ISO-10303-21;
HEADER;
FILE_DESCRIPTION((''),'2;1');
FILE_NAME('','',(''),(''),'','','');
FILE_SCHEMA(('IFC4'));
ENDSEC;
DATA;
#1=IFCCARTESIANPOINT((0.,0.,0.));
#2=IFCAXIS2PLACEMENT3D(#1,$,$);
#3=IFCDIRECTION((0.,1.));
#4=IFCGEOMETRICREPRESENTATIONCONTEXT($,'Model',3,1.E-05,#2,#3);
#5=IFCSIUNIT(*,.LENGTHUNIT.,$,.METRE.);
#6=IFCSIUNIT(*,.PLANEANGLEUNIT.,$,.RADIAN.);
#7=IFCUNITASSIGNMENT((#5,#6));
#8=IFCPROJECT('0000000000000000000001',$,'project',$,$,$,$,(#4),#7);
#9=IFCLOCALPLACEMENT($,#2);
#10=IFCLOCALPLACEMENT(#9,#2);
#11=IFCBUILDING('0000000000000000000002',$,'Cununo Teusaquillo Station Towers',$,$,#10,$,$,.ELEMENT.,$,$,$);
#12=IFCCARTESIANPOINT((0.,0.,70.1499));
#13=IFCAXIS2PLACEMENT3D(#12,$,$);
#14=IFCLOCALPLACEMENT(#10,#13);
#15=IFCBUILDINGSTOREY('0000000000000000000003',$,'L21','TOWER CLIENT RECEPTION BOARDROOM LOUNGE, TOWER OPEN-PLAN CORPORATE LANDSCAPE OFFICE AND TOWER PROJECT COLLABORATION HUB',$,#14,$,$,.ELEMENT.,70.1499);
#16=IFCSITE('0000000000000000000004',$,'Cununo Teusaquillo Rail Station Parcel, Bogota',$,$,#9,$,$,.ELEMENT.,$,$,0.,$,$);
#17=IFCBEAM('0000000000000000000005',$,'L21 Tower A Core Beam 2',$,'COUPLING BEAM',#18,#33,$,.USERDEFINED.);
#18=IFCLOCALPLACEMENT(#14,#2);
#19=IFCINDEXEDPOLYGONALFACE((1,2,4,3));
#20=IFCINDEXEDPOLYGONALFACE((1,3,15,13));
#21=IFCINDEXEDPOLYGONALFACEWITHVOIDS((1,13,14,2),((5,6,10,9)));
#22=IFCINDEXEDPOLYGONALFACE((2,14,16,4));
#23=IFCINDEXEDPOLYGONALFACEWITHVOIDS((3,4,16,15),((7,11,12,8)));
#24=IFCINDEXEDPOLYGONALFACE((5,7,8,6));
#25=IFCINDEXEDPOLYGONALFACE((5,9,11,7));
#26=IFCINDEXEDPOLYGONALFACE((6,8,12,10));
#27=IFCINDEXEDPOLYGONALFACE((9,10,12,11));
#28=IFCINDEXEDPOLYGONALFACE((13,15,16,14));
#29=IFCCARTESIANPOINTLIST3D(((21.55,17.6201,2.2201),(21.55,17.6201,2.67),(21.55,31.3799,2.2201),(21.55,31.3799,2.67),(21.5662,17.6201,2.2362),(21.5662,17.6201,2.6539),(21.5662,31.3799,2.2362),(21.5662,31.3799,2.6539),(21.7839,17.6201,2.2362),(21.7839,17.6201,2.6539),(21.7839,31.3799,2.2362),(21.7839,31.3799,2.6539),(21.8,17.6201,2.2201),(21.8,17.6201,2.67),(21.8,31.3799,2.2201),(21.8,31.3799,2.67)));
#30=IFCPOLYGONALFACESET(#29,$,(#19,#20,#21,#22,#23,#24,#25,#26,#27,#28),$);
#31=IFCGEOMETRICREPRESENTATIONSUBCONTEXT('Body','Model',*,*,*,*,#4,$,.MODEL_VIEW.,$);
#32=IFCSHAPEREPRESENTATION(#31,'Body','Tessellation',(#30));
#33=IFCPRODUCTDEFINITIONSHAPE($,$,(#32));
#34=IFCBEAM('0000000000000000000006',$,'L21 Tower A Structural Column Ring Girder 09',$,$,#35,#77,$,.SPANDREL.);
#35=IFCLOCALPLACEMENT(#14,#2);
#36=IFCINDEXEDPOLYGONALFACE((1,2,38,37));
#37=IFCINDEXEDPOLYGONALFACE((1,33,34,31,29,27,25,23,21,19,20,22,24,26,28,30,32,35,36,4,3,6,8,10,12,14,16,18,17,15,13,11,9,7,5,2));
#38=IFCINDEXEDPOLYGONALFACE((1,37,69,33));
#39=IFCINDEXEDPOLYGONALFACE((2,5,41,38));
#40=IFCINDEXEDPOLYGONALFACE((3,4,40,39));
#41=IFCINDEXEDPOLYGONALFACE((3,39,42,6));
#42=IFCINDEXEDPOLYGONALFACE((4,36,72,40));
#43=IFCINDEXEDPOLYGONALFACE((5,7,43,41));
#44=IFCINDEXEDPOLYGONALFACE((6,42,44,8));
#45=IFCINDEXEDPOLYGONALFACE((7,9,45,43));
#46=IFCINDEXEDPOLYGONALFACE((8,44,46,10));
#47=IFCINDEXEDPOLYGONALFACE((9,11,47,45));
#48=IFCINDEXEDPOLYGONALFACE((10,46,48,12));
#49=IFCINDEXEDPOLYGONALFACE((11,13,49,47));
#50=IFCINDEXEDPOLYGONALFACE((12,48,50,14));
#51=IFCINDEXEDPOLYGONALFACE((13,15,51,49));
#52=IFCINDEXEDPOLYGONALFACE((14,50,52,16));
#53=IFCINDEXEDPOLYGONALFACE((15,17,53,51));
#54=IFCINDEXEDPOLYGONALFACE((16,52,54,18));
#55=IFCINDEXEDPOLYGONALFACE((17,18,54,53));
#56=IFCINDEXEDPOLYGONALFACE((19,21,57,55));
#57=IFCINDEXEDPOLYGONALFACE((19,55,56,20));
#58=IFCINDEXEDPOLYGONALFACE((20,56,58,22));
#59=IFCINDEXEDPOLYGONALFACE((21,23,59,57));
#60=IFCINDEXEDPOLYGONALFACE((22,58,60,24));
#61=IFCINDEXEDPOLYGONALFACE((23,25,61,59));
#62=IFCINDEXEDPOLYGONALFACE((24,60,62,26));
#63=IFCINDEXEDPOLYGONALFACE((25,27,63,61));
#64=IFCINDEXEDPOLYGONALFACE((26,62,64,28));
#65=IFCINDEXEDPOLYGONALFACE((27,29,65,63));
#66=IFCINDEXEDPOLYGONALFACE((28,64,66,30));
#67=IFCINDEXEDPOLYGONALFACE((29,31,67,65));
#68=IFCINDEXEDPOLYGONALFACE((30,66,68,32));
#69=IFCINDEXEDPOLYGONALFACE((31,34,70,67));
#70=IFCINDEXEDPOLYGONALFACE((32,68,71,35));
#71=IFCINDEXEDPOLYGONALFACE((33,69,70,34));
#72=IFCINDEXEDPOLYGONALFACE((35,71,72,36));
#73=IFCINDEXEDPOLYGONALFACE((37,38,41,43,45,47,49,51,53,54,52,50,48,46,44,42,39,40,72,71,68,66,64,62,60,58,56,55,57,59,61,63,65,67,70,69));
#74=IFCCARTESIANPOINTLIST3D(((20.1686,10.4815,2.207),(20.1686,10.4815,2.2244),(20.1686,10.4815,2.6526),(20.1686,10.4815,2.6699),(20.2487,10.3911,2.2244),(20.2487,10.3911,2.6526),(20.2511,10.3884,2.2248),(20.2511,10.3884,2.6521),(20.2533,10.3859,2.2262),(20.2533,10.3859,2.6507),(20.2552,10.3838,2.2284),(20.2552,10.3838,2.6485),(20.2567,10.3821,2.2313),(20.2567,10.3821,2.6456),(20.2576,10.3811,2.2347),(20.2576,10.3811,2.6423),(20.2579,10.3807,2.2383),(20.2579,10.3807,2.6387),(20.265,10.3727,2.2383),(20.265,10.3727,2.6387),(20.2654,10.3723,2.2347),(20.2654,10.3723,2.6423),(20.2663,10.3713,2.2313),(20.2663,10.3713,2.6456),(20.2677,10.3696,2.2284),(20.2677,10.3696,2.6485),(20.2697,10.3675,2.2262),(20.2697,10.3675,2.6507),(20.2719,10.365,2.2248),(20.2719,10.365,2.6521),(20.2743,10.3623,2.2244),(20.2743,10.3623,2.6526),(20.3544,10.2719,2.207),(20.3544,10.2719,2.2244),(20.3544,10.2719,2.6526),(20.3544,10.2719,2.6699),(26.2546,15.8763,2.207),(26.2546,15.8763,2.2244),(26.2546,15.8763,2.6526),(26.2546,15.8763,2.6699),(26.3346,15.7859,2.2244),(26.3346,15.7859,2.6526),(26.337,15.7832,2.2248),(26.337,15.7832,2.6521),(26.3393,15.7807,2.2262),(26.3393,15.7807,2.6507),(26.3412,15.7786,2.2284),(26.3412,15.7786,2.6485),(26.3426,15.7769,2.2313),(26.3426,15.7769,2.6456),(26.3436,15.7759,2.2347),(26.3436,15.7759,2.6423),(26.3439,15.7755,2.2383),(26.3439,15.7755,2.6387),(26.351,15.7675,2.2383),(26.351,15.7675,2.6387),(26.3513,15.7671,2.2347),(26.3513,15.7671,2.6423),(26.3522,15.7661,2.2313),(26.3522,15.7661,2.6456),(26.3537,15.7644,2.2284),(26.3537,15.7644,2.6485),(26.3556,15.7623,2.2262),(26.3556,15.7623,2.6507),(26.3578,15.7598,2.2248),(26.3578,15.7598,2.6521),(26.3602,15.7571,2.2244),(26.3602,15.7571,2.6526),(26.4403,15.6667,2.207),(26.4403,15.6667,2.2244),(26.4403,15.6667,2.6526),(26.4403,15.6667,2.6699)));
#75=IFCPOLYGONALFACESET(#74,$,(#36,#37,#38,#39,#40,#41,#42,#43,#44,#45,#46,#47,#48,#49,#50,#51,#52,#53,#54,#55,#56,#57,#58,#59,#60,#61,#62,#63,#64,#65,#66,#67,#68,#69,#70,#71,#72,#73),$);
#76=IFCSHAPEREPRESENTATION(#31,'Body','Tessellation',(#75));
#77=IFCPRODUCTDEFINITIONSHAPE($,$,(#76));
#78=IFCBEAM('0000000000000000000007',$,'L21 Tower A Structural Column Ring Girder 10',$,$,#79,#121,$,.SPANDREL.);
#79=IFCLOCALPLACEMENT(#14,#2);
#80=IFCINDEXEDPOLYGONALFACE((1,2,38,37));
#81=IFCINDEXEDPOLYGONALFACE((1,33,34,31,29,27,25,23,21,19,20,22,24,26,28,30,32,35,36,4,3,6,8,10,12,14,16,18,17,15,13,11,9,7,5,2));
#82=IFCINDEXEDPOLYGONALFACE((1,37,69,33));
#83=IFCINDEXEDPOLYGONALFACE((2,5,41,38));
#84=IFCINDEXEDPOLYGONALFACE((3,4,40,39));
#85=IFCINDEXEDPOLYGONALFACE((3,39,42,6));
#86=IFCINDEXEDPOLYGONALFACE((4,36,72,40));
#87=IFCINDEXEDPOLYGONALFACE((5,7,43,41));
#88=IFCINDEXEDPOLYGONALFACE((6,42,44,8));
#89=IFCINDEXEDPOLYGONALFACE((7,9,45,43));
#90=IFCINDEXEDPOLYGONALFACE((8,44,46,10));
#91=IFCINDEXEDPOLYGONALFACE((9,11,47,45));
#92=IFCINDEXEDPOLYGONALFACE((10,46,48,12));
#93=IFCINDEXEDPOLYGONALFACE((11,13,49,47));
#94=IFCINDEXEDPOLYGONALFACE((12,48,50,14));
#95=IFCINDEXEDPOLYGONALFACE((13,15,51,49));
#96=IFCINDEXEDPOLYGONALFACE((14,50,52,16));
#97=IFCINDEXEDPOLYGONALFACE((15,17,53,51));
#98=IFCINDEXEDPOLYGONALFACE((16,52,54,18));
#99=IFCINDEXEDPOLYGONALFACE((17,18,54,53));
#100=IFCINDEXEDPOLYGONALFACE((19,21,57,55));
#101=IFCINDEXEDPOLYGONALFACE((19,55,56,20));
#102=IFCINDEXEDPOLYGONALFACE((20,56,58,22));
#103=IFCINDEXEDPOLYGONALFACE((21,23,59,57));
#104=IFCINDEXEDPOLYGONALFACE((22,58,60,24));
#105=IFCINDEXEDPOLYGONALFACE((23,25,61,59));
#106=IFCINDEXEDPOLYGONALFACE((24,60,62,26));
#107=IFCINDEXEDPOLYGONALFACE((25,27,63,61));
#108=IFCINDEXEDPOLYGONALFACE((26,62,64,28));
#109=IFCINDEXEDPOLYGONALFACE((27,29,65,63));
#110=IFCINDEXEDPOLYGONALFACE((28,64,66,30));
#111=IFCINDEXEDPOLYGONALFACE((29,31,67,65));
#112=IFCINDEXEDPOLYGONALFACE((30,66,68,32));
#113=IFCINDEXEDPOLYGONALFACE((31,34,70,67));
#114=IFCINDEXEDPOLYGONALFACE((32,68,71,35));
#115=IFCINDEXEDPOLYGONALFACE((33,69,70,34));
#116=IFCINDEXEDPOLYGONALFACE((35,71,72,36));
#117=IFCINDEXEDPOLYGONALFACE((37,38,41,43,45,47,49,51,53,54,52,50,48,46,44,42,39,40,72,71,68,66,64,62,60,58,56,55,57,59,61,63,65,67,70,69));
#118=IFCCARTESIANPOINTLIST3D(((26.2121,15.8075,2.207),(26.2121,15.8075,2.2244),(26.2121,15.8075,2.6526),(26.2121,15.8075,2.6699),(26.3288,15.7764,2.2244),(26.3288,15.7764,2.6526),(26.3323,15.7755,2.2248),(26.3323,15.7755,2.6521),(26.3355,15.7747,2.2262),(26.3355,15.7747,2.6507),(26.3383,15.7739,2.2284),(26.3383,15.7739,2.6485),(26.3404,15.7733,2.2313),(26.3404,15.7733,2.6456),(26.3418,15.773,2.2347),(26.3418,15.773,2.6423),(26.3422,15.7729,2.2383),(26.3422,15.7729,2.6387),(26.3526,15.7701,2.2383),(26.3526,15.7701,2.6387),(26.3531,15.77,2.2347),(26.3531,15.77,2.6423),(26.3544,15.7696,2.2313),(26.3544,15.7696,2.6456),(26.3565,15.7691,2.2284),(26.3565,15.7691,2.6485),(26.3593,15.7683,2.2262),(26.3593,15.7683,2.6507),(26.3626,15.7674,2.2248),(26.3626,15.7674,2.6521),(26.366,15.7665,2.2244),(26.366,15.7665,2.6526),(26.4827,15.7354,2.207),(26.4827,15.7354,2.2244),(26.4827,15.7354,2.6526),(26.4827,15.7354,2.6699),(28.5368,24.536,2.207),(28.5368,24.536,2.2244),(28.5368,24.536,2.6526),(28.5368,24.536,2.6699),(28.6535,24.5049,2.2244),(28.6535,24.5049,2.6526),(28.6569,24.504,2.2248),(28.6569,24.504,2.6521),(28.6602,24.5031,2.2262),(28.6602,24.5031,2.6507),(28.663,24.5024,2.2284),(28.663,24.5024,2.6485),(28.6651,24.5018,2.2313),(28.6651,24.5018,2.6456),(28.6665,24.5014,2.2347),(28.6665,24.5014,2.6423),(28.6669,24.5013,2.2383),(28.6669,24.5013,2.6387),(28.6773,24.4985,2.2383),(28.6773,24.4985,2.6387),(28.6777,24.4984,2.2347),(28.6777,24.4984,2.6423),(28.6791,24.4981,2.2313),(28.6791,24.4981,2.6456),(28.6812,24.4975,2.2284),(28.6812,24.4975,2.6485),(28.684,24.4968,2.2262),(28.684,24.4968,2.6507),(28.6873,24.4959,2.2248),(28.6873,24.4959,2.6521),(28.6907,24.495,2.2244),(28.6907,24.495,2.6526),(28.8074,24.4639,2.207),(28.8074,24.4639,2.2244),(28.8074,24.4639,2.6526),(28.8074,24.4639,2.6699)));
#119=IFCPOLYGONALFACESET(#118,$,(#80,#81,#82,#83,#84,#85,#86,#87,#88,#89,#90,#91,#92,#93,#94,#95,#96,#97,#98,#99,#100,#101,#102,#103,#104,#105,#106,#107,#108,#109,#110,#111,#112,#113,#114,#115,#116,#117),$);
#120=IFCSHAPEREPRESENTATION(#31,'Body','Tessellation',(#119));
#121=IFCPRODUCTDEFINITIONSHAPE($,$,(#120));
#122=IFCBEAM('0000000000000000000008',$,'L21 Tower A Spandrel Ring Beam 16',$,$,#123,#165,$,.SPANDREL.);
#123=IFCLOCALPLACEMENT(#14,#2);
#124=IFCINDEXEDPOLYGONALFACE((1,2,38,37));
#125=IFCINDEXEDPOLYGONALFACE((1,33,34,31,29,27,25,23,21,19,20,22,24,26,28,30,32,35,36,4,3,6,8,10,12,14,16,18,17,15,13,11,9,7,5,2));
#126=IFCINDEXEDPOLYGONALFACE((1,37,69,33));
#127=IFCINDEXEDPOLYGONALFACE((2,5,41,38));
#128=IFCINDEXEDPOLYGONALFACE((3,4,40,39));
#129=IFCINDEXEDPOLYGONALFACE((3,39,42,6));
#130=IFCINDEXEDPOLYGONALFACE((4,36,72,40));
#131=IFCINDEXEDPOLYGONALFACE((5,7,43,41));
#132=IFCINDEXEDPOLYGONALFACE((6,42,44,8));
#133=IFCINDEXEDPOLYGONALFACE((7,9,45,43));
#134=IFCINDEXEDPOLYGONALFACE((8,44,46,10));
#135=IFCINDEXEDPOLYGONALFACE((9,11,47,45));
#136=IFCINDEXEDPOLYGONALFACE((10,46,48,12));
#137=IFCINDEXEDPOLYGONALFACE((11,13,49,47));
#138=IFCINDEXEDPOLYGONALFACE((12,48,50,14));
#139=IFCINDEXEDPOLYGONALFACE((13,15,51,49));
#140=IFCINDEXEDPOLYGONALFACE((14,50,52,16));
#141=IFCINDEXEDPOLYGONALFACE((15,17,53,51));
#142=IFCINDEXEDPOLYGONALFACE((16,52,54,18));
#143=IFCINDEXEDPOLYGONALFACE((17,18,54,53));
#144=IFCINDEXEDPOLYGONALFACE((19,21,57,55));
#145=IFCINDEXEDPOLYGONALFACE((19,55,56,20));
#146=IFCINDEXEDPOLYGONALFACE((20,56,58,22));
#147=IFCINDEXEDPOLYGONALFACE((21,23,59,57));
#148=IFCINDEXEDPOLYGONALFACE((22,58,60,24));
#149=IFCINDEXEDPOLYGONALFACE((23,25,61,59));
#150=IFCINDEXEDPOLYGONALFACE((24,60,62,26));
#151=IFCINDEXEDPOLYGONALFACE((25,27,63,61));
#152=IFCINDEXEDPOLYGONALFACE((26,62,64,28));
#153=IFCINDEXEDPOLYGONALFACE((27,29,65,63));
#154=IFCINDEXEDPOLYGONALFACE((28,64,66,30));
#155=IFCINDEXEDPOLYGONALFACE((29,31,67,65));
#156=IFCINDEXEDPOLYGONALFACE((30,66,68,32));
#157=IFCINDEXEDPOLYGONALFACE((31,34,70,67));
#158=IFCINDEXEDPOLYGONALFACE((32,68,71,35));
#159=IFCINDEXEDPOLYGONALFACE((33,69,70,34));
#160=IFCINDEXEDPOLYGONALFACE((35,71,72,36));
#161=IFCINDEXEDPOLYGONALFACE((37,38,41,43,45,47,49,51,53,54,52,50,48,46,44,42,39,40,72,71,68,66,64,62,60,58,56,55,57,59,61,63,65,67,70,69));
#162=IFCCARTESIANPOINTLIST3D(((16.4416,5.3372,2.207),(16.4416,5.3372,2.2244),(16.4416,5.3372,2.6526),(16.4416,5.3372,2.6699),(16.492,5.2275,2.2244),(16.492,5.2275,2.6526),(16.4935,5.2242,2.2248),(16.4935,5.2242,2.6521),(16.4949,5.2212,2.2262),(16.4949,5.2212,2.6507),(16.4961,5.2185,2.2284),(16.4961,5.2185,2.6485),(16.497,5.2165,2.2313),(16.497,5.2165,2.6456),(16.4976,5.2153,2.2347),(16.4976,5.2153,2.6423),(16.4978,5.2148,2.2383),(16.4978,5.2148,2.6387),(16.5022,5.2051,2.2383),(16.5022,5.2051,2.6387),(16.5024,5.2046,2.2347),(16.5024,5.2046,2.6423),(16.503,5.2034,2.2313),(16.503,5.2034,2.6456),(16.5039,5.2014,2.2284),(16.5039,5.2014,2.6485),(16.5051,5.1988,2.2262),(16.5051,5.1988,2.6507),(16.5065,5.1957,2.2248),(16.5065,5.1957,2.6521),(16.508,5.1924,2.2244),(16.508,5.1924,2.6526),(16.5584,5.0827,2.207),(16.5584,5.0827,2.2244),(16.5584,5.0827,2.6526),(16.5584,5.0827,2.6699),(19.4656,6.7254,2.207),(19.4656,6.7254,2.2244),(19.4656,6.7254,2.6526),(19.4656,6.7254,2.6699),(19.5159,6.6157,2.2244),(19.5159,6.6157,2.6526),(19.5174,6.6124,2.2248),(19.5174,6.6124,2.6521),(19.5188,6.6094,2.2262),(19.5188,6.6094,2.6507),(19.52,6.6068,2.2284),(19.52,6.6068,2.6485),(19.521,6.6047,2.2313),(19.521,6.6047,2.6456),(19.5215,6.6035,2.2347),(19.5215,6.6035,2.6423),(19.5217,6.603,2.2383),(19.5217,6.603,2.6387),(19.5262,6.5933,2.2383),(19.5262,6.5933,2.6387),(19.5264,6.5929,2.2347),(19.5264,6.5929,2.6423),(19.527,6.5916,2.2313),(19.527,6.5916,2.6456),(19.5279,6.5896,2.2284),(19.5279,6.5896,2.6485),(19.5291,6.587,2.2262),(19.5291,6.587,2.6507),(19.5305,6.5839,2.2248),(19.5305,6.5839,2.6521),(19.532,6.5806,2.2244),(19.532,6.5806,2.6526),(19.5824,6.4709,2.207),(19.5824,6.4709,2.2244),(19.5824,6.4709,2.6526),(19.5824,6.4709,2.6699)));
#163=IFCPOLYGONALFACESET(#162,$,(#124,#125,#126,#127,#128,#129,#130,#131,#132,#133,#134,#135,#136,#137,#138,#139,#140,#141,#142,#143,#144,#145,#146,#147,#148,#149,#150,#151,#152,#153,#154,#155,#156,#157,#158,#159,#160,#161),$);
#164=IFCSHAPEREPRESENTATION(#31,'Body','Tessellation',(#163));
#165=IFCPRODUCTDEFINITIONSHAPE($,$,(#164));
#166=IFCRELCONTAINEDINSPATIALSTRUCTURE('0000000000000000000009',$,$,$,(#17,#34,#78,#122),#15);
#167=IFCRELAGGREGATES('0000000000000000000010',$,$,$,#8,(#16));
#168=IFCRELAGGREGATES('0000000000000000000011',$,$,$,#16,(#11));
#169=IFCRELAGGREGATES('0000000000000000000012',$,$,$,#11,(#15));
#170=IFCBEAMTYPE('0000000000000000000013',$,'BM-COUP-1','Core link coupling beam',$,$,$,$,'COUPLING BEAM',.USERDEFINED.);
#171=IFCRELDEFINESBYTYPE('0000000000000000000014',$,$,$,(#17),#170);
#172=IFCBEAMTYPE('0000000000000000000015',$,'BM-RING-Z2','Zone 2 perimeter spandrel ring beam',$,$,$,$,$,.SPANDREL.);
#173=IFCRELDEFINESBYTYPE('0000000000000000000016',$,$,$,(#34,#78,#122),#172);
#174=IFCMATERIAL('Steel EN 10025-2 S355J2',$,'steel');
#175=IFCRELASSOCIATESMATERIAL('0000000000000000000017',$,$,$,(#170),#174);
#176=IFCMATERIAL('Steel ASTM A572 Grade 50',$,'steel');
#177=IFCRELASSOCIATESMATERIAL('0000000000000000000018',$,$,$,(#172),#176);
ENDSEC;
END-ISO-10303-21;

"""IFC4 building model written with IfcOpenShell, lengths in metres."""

from ifc_helpers import new_model, si_unit, direction, frame, origin, origin_2d, place, context, subcontext, project, spatial, hollow_rectangle, i_section, extrude, material, material_profile, profile_set, type_object, element, save


model = new_model("IFC4")

# Units and contexts
model_context = context("Model", 3, precision=1e-05, world=origin(), true_north=direction((0.0, 1.0)))
body_context = subcontext(model_context, "Body", "Model", "MODEL_VIEW")
ifc_project = project(units=[si_unit("LENGTHUNIT", "METRE"), si_unit("PLANEANGLEUNIT", "RADIAN")], contexts=[model_context])

# Site, building, storey
site_placement = place(None, origin())
site = spatial("IfcSite", under=ifc_project, at=site_placement, Name="Cununo Teusaquillo Rail Station Parcel, Bogota", CompositionType="ELEMENT", RefElevation=0.0)
building_placement = place(site_placement, origin())
building = spatial("IfcBuilding", under=site, at=building_placement, Name="Cununo Teusaquillo Station Towers", CompositionType="ELEMENT")
storey_placement = place(building_placement, frame((0.0, 0.0, 70.1499)))
storey = spatial("IfcBuildingStorey", under=building, at=storey_placement, Name="L21", Description="TOWER CLIENT RECEPTION BOARDROOM LOUNGE, TOWER OPEN-PLAN CORPORATE LANDSCAPE OFFICE AND TOWER PROJECT COLLABORATION HUB", CompositionType="ELEMENT", Elevation=70.1499)

# Beams
ifc_material_1 = material(Name="Steel EN 10025-2 S355J2", Category="steel")
ifc_material_profile_1 = material_profile(ifc_material_1, hollow_rectangle(XDim=0.25, YDim=0.45, WallThickness=0.0161, at=origin_2d()), Name="RHS 450x250x16")
ifc_profile_set_1 = profile_set([ifc_material_profile_1], Name="Steel EN 10025-2 S355J2")
beam_type_1 = type_object("IfcBeamType", Name="BM-COUP-1", Description="Core link coupling beam", ElementType="COUPLING BEAM", PredefinedType="USERDEFINED", material=ifc_profile_set_1)
beam_1_placement = place(storey_placement, frame((21.675, 17.6201, 2.4451), z_axis=(0.0, 1.0, 0.0), x_axis=(-1.0, 0.0, 0.0)))
element("IfcBeam", 1, at=beam_1_placement, inside=storey, type_object=beam_type_1, Name="L21 Tower A Core Beam 2", ObjectType="COUPLING BEAM", PredefinedType="USERDEFINED", context=body_context, shape_type="SweptSolid", body=[
    extrude(hollow_rectangle(XDim=0.25, YDim=0.45, WallThickness=0.0161, at=origin_2d()), origin(), (0.0, 0.0, 1.0), 13.7598),
])
ifc_material_2 = material(Name="Steel ASTM A572 Grade 50", Category="steel")
ifc_material_profile_2 = material_profile(ifc_material_2, i_section(OverallWidth=0.28, OverallDepth=0.4629, WebThickness=0.0107, FlangeThickness=0.0173, FilletRadius=0.0139, at=origin_2d()), Name="W18X76")
ifc_profile_set_2 = profile_set([ifc_material_profile_2], Name="Steel ASTM A572 Grade 50")
beam_type_2 = type_object("IfcBeamType", Name="BM-RING-Z2", Description="Zone 2 perimeter spandrel ring beam", PredefinedType="SPANDREL", material=ifc_profile_set_2)
beam_2_placement = place(storey_placement, frame((20.2615, 10.3767, 2.4385), z_axis=(0.748321, 0.663337, 0.0), x_axis=(-0.663337, 0.748321, 0.0)))
element("IfcBeam", 2, at=beam_2_placement, inside=storey, type_object=beam_type_2, Name="L21 Tower A Structural Column Ring Girder 09", PredefinedType="SPANDREL", context=body_context, shape_type="SweptSolid", body=[
    extrude(i_section(OverallWidth=0.28, OverallDepth=0.4629, WebThickness=0.0107, FlangeThickness=0.0173, FilletRadius=0.0139, at=origin_2d()), origin(), (0.0, 0.0, 1.0), 8.1328),
])
beam_3_placement = place(storey_placement, frame((26.3474, 15.7715, 2.4385), z_axis=(0.257363, 0.966315, 0.0), x_axis=(-0.966315, 0.257363, 0.0)))
element("IfcBeam", 3, at=beam_3_placement, inside=storey, type_object=beam_type_2, Name="L21 Tower A Structural Column Ring Girder 10", PredefinedType="SPANDREL", context=body_context, shape_type="SweptSolid", body=[
    extrude(i_section(OverallWidth=0.28, OverallDepth=0.4629, WebThickness=0.0107, FlangeThickness=0.0173, FilletRadius=0.0139, at=origin_2d()), origin(), (0.0, 0.0, 1.0), 9.0327),
])
beam_4_placement = place(storey_placement, frame((16.5, 5.21, 2.4385), z_axis=(0.908812, 0.417205, 0.0), x_axis=(-0.417205, 0.908812, 0.0)))
element("IfcBeam", 4, at=beam_4_placement, inside=storey, type_object=beam_type_2, Name="L21 Tower A Spandrel Ring Beam 16", PredefinedType="SPANDREL", context=body_context, shape_type="SweptSolid", body=[
    extrude(i_section(OverallWidth=0.28, OverallDepth=0.4629, WebThickness=0.0107, FlangeThickness=0.0173, FilletRadius=0.0139, at=origin_2d()), origin(), (0.0, 0.0, 1.0), 3.3274),
])

save(model, "model.ifc")
